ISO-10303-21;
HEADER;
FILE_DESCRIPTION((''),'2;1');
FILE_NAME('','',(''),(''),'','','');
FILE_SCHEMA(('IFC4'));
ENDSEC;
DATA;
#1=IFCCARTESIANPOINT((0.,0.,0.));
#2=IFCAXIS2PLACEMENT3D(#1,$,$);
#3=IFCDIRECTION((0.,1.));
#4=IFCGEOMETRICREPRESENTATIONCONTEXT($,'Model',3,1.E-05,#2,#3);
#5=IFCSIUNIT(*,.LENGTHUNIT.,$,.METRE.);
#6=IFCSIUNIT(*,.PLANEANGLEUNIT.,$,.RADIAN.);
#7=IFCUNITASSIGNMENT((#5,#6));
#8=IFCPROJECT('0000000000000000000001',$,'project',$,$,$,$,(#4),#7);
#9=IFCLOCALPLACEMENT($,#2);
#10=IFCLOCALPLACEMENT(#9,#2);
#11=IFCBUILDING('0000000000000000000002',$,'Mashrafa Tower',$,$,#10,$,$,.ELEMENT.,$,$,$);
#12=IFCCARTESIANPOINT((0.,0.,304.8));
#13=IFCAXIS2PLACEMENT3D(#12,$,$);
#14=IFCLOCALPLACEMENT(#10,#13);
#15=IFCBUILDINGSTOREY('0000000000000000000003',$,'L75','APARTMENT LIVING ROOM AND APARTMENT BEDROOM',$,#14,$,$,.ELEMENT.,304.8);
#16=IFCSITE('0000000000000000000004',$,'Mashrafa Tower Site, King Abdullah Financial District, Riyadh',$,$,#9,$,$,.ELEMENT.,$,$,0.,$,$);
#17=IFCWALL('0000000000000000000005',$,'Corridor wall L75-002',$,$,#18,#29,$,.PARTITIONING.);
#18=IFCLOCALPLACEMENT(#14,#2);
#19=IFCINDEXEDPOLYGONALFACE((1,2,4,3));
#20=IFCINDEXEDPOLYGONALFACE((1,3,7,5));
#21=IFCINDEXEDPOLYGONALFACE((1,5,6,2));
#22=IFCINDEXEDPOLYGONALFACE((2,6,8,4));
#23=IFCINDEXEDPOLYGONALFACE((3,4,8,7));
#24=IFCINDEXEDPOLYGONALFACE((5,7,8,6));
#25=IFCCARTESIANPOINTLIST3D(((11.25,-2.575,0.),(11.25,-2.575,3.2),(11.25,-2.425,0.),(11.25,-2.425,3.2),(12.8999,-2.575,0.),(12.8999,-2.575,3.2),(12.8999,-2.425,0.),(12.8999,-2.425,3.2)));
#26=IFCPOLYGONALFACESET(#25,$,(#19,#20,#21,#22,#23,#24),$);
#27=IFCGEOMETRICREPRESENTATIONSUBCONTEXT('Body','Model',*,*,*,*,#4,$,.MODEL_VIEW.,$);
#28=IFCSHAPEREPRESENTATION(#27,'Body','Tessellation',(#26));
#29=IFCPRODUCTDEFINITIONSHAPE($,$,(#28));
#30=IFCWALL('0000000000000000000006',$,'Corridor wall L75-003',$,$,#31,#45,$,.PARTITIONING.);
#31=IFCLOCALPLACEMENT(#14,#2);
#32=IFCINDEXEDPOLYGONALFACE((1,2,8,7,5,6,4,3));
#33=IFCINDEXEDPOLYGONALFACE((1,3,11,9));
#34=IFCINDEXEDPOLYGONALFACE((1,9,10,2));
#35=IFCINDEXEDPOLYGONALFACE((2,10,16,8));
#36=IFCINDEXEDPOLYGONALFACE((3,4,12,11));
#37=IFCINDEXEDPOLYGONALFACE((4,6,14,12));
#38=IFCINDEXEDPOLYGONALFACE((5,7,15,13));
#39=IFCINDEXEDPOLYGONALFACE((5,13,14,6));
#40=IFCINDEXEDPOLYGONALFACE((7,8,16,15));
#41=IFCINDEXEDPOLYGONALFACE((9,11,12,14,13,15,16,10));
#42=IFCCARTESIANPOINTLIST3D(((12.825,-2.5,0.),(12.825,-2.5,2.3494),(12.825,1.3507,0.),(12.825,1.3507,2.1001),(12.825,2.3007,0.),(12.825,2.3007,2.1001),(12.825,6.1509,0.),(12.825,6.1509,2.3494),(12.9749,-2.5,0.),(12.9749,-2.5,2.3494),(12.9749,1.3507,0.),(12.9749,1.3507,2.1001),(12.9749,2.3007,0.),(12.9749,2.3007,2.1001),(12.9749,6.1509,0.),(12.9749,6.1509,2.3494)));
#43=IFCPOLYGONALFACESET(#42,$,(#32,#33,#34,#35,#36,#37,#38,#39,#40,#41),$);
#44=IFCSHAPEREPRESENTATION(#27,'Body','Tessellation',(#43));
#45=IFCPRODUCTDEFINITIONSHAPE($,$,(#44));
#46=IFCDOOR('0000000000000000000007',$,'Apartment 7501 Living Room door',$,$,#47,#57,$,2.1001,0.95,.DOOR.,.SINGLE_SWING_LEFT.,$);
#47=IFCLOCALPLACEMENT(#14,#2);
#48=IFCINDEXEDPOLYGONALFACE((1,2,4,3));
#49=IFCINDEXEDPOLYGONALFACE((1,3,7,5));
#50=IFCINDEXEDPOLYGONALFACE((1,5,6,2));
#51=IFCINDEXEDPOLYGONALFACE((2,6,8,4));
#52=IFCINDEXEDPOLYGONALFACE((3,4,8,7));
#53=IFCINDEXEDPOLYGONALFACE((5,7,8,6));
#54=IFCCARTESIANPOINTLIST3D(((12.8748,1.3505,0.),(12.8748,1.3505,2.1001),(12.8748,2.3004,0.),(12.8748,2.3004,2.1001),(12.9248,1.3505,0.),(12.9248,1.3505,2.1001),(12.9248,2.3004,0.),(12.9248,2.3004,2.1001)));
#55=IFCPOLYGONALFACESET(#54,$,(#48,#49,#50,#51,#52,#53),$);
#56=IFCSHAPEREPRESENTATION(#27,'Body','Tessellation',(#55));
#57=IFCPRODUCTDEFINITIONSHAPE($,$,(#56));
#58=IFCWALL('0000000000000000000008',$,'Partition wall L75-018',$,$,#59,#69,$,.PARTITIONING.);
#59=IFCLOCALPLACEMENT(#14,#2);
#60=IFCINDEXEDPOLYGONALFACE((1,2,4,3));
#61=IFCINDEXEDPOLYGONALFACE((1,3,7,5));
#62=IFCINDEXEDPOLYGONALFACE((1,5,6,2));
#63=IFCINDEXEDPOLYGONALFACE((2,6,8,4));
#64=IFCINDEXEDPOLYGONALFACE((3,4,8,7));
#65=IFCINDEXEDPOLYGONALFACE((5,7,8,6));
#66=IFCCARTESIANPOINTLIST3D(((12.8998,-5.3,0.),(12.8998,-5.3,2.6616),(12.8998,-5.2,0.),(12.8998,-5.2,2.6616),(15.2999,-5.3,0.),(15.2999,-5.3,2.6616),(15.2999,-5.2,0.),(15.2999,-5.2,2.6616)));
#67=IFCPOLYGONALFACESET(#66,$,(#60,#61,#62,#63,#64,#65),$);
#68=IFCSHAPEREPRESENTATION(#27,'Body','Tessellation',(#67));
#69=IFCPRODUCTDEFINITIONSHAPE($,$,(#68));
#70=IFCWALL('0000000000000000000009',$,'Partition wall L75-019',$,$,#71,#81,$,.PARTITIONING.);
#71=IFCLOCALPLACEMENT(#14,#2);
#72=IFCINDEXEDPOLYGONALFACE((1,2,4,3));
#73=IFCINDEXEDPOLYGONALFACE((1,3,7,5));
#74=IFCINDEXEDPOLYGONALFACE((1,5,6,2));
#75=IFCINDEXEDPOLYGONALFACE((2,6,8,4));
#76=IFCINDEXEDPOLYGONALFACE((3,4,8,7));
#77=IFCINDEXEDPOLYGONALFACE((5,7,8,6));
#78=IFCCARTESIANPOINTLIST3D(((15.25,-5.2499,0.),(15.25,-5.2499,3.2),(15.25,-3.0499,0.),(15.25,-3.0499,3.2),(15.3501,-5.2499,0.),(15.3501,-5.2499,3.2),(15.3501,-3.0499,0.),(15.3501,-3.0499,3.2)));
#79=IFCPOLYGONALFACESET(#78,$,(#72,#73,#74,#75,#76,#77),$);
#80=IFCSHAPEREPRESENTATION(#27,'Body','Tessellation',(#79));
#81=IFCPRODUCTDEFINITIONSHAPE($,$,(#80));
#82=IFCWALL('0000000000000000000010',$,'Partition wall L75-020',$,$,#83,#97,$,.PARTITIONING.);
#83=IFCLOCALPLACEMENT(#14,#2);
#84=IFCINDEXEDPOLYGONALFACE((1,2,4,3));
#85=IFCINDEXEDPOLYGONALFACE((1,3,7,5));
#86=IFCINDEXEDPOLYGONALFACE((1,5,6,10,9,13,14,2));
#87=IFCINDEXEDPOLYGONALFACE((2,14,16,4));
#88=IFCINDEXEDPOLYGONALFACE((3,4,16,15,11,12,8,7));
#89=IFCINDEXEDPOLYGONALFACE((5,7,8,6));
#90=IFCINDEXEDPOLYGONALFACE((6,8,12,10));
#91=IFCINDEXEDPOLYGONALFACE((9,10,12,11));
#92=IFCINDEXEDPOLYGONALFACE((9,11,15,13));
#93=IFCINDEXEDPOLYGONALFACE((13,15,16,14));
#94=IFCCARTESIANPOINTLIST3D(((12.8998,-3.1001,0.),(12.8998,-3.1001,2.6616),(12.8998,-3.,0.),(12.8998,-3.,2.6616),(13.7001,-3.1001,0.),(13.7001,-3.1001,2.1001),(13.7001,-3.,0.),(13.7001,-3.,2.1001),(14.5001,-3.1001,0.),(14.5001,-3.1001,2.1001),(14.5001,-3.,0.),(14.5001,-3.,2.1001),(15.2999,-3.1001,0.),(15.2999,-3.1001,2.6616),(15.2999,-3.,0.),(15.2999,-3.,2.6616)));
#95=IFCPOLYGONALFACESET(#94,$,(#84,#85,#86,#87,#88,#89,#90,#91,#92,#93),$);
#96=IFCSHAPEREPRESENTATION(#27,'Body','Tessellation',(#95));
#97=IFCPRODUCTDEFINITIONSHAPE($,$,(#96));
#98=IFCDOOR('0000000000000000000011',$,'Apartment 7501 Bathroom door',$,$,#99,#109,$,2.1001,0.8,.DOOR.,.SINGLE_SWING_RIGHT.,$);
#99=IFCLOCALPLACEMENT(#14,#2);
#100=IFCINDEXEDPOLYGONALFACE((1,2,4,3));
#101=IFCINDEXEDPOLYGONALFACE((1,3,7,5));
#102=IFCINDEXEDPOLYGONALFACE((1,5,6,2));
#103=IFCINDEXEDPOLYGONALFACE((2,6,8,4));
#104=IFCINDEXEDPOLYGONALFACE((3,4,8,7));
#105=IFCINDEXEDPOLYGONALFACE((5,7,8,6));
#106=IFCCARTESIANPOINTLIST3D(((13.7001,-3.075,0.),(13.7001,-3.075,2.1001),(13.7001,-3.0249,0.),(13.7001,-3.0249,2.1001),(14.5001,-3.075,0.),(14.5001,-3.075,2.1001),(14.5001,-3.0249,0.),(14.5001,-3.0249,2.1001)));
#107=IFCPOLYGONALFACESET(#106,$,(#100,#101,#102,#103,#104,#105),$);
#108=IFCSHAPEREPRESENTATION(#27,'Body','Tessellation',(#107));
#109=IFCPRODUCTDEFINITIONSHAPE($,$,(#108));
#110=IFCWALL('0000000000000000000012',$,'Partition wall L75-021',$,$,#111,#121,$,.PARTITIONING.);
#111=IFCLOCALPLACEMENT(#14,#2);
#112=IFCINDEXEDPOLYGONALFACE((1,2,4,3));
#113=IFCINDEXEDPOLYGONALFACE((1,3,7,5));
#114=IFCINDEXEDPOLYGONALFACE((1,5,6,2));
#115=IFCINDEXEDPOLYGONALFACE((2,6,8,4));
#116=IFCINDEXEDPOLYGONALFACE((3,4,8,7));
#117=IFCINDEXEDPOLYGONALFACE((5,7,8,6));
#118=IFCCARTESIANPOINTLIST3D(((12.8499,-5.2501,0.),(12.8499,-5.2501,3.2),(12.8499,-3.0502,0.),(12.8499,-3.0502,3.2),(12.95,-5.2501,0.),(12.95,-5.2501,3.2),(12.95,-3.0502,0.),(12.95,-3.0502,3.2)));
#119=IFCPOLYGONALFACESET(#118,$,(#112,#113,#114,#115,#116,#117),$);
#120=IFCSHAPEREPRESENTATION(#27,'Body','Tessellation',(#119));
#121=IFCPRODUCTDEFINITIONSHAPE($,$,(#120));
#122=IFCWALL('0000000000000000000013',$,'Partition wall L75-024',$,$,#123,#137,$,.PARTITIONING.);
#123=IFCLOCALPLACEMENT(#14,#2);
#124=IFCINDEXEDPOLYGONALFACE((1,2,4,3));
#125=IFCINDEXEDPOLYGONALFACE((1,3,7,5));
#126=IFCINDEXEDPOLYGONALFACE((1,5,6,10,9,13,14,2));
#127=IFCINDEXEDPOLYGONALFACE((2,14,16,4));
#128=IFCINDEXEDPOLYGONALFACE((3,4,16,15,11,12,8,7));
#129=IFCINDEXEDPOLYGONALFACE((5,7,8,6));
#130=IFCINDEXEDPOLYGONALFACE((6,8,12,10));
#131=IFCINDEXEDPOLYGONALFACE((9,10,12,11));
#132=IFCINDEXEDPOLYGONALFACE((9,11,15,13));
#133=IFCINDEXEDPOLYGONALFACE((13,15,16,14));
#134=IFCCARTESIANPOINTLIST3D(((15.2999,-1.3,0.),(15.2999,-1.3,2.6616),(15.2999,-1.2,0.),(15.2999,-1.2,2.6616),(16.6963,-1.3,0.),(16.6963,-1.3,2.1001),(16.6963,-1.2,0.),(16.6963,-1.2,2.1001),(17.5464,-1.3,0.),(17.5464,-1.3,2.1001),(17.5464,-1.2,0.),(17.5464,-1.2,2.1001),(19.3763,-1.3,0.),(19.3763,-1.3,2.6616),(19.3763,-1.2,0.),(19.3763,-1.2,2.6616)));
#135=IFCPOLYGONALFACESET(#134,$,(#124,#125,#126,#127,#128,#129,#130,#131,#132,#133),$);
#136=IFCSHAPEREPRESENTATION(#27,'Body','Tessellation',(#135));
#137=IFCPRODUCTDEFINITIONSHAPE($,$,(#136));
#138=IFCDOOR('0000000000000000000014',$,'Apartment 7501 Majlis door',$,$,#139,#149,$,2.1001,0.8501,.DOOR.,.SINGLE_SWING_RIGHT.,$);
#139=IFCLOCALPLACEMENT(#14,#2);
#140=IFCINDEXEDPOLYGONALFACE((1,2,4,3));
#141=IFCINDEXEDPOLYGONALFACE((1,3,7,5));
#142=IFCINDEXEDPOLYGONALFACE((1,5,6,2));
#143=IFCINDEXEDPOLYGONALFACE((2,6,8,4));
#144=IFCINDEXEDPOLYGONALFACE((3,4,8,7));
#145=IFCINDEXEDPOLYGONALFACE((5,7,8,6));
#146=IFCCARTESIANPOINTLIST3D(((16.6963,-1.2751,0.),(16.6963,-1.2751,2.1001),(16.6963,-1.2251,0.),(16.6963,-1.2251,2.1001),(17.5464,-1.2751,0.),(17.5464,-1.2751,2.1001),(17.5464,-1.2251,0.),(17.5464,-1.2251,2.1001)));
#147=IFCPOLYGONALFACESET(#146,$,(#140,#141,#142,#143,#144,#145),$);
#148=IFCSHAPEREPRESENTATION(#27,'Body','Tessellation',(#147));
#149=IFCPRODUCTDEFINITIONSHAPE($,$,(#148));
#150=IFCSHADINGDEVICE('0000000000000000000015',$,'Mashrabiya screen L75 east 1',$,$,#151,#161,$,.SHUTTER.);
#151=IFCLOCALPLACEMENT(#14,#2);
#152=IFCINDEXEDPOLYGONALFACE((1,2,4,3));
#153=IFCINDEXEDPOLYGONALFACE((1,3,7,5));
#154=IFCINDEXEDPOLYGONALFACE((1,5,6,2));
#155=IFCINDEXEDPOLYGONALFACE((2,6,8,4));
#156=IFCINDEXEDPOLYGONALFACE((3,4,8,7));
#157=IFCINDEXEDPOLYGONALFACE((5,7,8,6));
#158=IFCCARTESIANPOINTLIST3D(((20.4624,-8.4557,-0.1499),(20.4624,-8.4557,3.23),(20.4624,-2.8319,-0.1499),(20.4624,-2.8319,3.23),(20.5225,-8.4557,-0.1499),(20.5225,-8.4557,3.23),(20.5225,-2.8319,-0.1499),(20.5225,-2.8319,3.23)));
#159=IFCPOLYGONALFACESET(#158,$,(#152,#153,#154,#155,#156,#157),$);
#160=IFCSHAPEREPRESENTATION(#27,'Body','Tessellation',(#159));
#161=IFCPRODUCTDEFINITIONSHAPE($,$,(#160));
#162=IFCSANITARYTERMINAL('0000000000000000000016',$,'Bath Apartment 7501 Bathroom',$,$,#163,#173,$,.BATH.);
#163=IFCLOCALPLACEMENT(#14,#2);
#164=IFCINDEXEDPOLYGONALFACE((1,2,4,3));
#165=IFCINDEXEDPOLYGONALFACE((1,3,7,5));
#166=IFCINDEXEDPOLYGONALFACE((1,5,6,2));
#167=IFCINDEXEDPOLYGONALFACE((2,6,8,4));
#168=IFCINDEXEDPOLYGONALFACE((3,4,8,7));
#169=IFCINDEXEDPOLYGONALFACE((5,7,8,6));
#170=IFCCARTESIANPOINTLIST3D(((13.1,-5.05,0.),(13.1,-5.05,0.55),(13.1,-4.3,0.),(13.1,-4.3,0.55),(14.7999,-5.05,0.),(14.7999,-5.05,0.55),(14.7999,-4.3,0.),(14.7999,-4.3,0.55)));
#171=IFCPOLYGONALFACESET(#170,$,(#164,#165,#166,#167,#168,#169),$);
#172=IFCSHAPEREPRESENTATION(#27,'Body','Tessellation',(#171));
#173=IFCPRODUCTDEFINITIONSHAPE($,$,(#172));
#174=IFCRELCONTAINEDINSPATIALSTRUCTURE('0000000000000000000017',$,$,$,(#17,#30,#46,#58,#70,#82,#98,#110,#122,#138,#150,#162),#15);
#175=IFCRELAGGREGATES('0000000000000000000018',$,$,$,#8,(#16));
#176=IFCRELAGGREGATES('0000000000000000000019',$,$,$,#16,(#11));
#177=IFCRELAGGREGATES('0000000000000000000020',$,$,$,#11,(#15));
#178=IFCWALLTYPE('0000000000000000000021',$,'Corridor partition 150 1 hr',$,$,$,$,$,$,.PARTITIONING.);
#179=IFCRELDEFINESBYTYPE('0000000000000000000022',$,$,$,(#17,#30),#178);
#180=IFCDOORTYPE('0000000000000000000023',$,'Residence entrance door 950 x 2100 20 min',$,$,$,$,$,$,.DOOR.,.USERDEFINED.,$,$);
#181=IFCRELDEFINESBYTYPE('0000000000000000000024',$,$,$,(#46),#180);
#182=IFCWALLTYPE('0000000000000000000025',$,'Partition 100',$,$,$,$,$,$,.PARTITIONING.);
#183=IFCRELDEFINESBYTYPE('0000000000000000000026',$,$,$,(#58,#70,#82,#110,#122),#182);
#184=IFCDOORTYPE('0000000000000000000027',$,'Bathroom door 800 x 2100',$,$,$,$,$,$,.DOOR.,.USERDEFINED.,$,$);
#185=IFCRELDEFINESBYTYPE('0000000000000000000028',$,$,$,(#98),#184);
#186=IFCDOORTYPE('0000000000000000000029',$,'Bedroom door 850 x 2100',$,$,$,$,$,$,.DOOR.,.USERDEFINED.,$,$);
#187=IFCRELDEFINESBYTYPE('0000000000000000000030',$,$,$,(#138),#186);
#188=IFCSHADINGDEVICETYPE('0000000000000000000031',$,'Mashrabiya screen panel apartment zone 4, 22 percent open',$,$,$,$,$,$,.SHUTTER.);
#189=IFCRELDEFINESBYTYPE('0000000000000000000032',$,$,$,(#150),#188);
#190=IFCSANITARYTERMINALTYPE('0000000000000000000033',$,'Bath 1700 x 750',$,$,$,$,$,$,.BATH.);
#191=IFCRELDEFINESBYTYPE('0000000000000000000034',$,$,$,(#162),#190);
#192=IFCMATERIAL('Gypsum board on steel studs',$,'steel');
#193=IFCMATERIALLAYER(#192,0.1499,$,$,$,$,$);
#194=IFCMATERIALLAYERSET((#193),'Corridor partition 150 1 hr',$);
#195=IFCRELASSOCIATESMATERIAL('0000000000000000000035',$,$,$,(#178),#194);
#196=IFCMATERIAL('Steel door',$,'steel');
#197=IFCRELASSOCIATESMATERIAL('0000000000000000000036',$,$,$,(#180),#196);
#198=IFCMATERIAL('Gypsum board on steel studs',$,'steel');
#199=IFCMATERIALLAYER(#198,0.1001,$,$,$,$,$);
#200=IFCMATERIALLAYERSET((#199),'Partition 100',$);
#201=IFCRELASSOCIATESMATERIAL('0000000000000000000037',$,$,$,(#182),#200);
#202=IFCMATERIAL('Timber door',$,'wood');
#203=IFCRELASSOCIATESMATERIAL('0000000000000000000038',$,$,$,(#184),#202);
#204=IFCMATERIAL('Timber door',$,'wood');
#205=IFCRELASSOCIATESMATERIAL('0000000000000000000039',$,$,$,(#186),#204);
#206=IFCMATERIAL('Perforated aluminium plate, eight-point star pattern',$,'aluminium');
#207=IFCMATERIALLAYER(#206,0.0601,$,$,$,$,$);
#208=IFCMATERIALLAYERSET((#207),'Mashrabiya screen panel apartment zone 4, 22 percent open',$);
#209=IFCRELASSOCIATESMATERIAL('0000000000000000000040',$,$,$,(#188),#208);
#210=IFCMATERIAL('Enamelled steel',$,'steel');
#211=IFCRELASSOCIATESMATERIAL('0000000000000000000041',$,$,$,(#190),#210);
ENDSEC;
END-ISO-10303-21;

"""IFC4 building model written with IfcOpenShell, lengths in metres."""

from ifc_helpers import new_model, si_unit, direction, frame, frame_2d, origin, origin_2d, place, context, subcontext, project, spatial, rectangle, extrude, source, transform, mapped, material, layer, layer_set, type_object, type_shapes, element, fill, save


model = new_model("IFC4")

# Units and contexts
model_context = context("Model", 3, precision=1e-05, world=origin(), true_north=direction((0.0, 1.0)))
body_context = subcontext(model_context, "Body", "Model", "MODEL_VIEW")
ifc_project = project(units=[si_unit("LENGTHUNIT", "METRE"), si_unit("PLANEANGLEUNIT", "RADIAN")], contexts=[model_context])

# Site, building, storey
site_placement = place(None, origin())
site = spatial("IfcSite", under=ifc_project, at=site_placement, Name="Mashrafa Tower Site, King Abdullah Financial District, Riyadh", CompositionType="ELEMENT", RefElevation=0.0)
building_placement = place(site_placement, origin())
building = spatial("IfcBuilding", under=site, at=building_placement, Name="Mashrafa Tower", CompositionType="ELEMENT")
storey_placement = place(building_placement, frame((0.0, 0.0, 304.8)))
storey = spatial("IfcBuildingStorey", under=building, at=storey_placement, Name="L75", Description="APARTMENT LIVING ROOM AND APARTMENT BEDROOM", CompositionType="ELEMENT", Elevation=304.8)

# Wall
ifc_material_1 = material(Name="Gypsum board on steel studs", Category="steel")
ifc_layer_1 = layer(ifc_material_1, 0.1499)
ifc_layer_set_1 = layer_set([ifc_layer_1], Name="Corridor partition 150 1 hr")
wall_type_1 = type_object("IfcWallType", Name="Corridor partition 150 1 hr", PredefinedType="PARTITIONING", material=ifc_layer_set_1)
wall_1_placement = place(storey_placement, frame((11.25, -2.5, 0.0), z_axis=(0.0, 0.0, 1.0), x_axis=(1.0, 0.0, 0.0)))
element("IfcWall", 1, at=wall_1_placement, inside=storey, type_object=wall_type_1, Name="Corridor wall L75-002", PredefinedType="PARTITIONING", context=body_context, shape_type="SweptSolid", body=[
    extrude(rectangle(XDim=1.6499, YDim=0.1499, at=frame_2d((0.825, 0.0))), origin(), (0.0, 0.0, 1.0), 3.2),
])

# Wall, opening, door
wall_2_placement = place(storey_placement, frame((12.8999, -2.5, 0.0), z_axis=(0.0, 0.0, 1.0), x_axis=(0.0, 1.0, 0.0)))
wall_2 = element("IfcWall", 2, at=wall_2_placement, inside=storey, type_object=wall_type_1, Name="Corridor wall L75-003", PredefinedType="PARTITIONING", context=body_context, shape_type="SweptSolid", body=[
    extrude(rectangle(XDim=8.6509, YDim=0.1499, at=frame_2d((4.3254, 0.0))), origin(), (0.0, 0.0, 1.0), 2.3494),
])
opening_1_placement = place(wall_2_placement, frame((3.8506, 0.0, 0.0)))
opening_1 = element("IfcOpeningElement", 3, at=opening_1_placement, cuts=wall_2, PredefinedType="OPENING", context=body_context, shape_type="SweptSolid", body=[
    extrude(rectangle(XDim=0.95, YDim=2.1001, at=frame_2d((0.4751, 1.05))), frame((0.0, 0.085, 0.0), z_axis=(0.0, -1.0, 0.0), x_axis=(1.0, 0.0, 0.0)), (0.0, 0.0, 1.0), 0.1699),
])
ifc_material_2 = material(Name="Steel door", Category="steel")
door_type_1 = type_object("IfcDoorType", Name="Residence entrance door 950 x 2100 20 min", OperationType="USERDEFINED", PredefinedType="DOOR", material=ifc_material_2)
door_1_placement = place(opening_1_placement, frame((0.95, 0.0, 0.0), z_axis=(0.0, 0.0, 1.0), x_axis=(-1.0, 0.0, 0.0)))
door_1 = element("IfcDoor", 4, at=door_1_placement, inside=storey, type_object=door_type_1, Name="Apartment 7501 Living Room door", OperationType="SINGLE_SWING_LEFT", OverallHeight=2.1001, OverallWidth=0.95, PredefinedType="DOOR", context=body_context, shape_type="SweptSolid", body=[
    extrude(rectangle(XDim=0.95, YDim=2.1001, at=frame_2d((0.4751, 1.05))), frame((0.0, 0.0249, 0.0), z_axis=(0.0, -1.0, 0.0), x_axis=(1.0, 0.0, 0.0)), (0.0, 0.0, 1.0), 0.05),
])
fill(opening_1, door_1)

# Walls
ifc_material_3 = material(Name="Gypsum board on steel studs", Category="steel")
ifc_layer_2 = layer(ifc_material_3, 0.1001)
ifc_layer_set_2 = layer_set([ifc_layer_2], Name="Partition 100")
wall_type_2 = type_object("IfcWallType", Name="Partition 100", PredefinedType="PARTITIONING", material=ifc_layer_set_2)
wall_3_placement = place(storey_placement, frame((15.3, -5.25, 0.0), z_axis=(0.0, 0.0, 1.0), x_axis=(-1.0, 0.0, 0.0)))
element("IfcWall", 5, at=wall_3_placement, inside=storey, type_object=wall_type_2, Name="Partition wall L75-018", PredefinedType="PARTITIONING", context=body_context, shape_type="SweptSolid", body=[
    extrude(rectangle(XDim=2.4001, YDim=0.1001, at=frame_2d((1.2002, 0.0))), origin(), (0.0, 0.0, 1.0), 2.6616),
])
wall_4_placement = place(storey_placement, frame((15.3, -5.25, 0.0), z_axis=(0.0, 0.0, 1.0), x_axis=(0.0, 1.0, 0.0)))
element("IfcWall", 6, at=wall_4_placement, inside=storey, type_object=wall_type_2, Name="Partition wall L75-019", PredefinedType="PARTITIONING", context=body_context, shape_type="SweptSolid", body=[
    extrude(rectangle(XDim=2.2, YDim=0.1001, at=frame_2d((1.1001, 0.0))), origin(), (0.0, 0.0, 1.0), 3.2),
])

# Wall, opening, door
wall_5_placement = place(storey_placement, frame((15.3, -3.05, 0.0), z_axis=(0.0, 0.0, 1.0), x_axis=(-1.0, 0.0, 0.0)))
wall_5 = element("IfcWall", 7, at=wall_5_placement, inside=storey, type_object=wall_type_2, Name="Partition wall L75-020", PredefinedType="PARTITIONING", context=body_context, shape_type="SweptSolid", body=[
    extrude(rectangle(XDim=2.4001, YDim=0.1001, at=frame_2d((1.2002, 0.0))), origin(), (0.0, 0.0, 1.0), 2.6616),
])
opening_2_placement = place(wall_5_placement, frame((0.8, 0.0, 0.0)))
opening_2 = element("IfcOpeningElement", 8, at=opening_2_placement, cuts=wall_5, PredefinedType="OPENING", context=body_context, shape_type="SweptSolid", body=[
    extrude(rectangle(XDim=0.8, YDim=2.1001, at=frame_2d((0.3999, 1.05))), frame((0.0, 0.0601, 0.0), z_axis=(0.0, -1.0, 0.0), x_axis=(1.0, 0.0, 0.0)), (0.0, 0.0, 1.0), 0.1201),
])
ifc_material_4 = material(Name="Timber door", Category="wood")
door_type_2 = type_object("IfcDoorType", Name="Bathroom door 800 x 2100", OperationType="USERDEFINED", PredefinedType="DOOR", material=ifc_material_4)
door_2_placement = place(opening_2_placement, origin())
door_2 = element("IfcDoor", 9, at=door_2_placement, inside=storey, type_object=door_type_2, Name="Apartment 7501 Bathroom door", OperationType="SINGLE_SWING_RIGHT", OverallHeight=2.1001, OverallWidth=0.8, PredefinedType="DOOR", context=body_context, shape_type="SweptSolid", body=[
    extrude(rectangle(XDim=0.8, YDim=2.1001, at=frame_2d((0.3999, 1.05))), frame((0.0, 0.0249, 0.0), z_axis=(0.0, -1.0, 0.0), x_axis=(1.0, 0.0, 0.0)), (0.0, 0.0, 1.0), 0.05),
])
fill(opening_2, door_2)

# Wall
wall_6_placement = place(storey_placement, frame((12.8999, -3.05, 0.0), z_axis=(0.0, 0.0, 1.0), x_axis=(0.0, -1.0, 0.0)))
element("IfcWall", 10, at=wall_6_placement, inside=storey, type_object=wall_type_2, Name="Partition wall L75-021", PredefinedType="PARTITIONING", context=body_context, shape_type="SweptSolid", body=[
    extrude(rectangle(XDim=2.2, YDim=0.1001, at=frame_2d((1.1001, 0.0))), origin(), (0.0, 0.0, 1.0), 3.2),
])

# Wall, opening, door
wall_7_placement = place(storey_placement, frame((15.3, -1.25, 0.0), z_axis=(0.0, 0.0, 1.0), x_axis=(1.0, 0.0, 0.0)))
wall_7 = element("IfcWall", 11, at=wall_7_placement, inside=storey, type_object=wall_type_2, Name="Partition wall L75-024", PredefinedType="PARTITIONING", context=body_context, shape_type="SweptSolid", body=[
    extrude(rectangle(XDim=4.0764, YDim=0.1001, at=frame_2d((2.0381, 0.0))), origin(), (0.0, 0.0, 1.0), 2.6616),
])
opening_3_placement = place(wall_7_placement, frame((1.3962, 0.0, 0.0)))
opening_3 = element("IfcOpeningElement", 12, at=opening_3_placement, cuts=wall_7, PredefinedType="OPENING", context=body_context, shape_type="SweptSolid", body=[
    extrude(rectangle(XDim=0.8501, YDim=2.1001, at=frame_2d((0.425, 1.05))), frame((0.0, 0.0601, 0.0), z_axis=(0.0, -1.0, 0.0), x_axis=(1.0, 0.0, 0.0)), (0.0, 0.0, 1.0), 0.1201),
])
ifc_material_5 = material(Name="Timber door", Category="wood")
door_type_3 = type_object("IfcDoorType", Name="Bedroom door 850 x 2100", OperationType="USERDEFINED", PredefinedType="DOOR", material=ifc_material_5)
door_3_placement = place(opening_3_placement, origin())
door_3 = element("IfcDoor", 13, at=door_3_placement, inside=storey, type_object=door_type_3, Name="Apartment 7501 Majlis door", OperationType="SINGLE_SWING_RIGHT", OverallHeight=2.1001, OverallWidth=0.8501, PredefinedType="DOOR", context=body_context, shape_type="SweptSolid", body=[
    extrude(rectangle(XDim=0.8501, YDim=2.1001, at=frame_2d((0.425, 1.05))), frame((0.0, 0.0249, 0.0), z_axis=(0.0, -1.0, 0.0), x_axis=(1.0, 0.0, 0.0)), (0.0, 0.0, 1.0), 0.05),
])
fill(opening_3, door_3)

# Shading device
ifc_material_6 = material(Name="Perforated aluminium plate, eight-point star pattern", Category="aluminium")
ifc_layer_3 = layer(ifc_material_6, 0.0601)
ifc_layer_set_3 = layer_set([ifc_layer_3], Name="Mashrabiya screen panel apartment zone 4, 22 percent open")
shading_device_type = type_object("IfcShadingDeviceType", Name="Mashrabiya screen panel apartment zone 4, 22 percent open", PredefinedType="SHUTTER", material=ifc_layer_set_3)
shared_shape_1 = source(origin(), body_context, "Body", "SweptSolid", [
    extrude(rectangle(XDim=5.6238, YDim=0.0601, at=origin_2d()), origin(), (0.0, 0.0, 1.0), 3.3799),
])
type_shapes(shading_device_type, [shared_shape_1])
shading_device_placement = place(storey_placement, frame((20.4924, -5.6438, -0.1499), z_axis=(0.0, 0.0, 1.0), x_axis=(0.0, 1.0, 0.0)))
element("IfcShadingDevice", 14, at=shading_device_placement, inside=storey, type_object=shading_device_type, Name="Mashrabiya screen L75 east 1", PredefinedType="SHUTTER", context=body_context, shape_type="MappedRepresentation", body=[
    mapped(shared_shape_1, transform((0.0, 0.0, 0.0))),
])

# Sanitary terminal
ifc_material_7 = material(Name="Enamelled steel", Category="steel")
sanitary_terminal_type_1 = type_object("IfcSanitaryTerminalType", Name="Bath 1700 x 750", PredefinedType="BATH", material=ifc_material_7)
sanitary_terminal_1_placement = place(storey_placement, frame((13.95, -4.675, 0.0), z_axis=(0.0, 0.0, 1.0), x_axis=(1.0, 0.0, 0.0)))
element("IfcSanitaryTerminal", 15, at=sanitary_terminal_1_placement, inside=storey, type_object=sanitary_terminal_type_1, Name="Bath Apartment 7501 Bathroom", PredefinedType="BATH", context=body_context, shape_type="SweptSolid", body=[
    extrude(rectangle(XDim=1.7, YDim=0.75, at=origin_2d()), origin(), (0.0, 0.0, 1.0), 0.55),
])

save(model, "model.ifc")
